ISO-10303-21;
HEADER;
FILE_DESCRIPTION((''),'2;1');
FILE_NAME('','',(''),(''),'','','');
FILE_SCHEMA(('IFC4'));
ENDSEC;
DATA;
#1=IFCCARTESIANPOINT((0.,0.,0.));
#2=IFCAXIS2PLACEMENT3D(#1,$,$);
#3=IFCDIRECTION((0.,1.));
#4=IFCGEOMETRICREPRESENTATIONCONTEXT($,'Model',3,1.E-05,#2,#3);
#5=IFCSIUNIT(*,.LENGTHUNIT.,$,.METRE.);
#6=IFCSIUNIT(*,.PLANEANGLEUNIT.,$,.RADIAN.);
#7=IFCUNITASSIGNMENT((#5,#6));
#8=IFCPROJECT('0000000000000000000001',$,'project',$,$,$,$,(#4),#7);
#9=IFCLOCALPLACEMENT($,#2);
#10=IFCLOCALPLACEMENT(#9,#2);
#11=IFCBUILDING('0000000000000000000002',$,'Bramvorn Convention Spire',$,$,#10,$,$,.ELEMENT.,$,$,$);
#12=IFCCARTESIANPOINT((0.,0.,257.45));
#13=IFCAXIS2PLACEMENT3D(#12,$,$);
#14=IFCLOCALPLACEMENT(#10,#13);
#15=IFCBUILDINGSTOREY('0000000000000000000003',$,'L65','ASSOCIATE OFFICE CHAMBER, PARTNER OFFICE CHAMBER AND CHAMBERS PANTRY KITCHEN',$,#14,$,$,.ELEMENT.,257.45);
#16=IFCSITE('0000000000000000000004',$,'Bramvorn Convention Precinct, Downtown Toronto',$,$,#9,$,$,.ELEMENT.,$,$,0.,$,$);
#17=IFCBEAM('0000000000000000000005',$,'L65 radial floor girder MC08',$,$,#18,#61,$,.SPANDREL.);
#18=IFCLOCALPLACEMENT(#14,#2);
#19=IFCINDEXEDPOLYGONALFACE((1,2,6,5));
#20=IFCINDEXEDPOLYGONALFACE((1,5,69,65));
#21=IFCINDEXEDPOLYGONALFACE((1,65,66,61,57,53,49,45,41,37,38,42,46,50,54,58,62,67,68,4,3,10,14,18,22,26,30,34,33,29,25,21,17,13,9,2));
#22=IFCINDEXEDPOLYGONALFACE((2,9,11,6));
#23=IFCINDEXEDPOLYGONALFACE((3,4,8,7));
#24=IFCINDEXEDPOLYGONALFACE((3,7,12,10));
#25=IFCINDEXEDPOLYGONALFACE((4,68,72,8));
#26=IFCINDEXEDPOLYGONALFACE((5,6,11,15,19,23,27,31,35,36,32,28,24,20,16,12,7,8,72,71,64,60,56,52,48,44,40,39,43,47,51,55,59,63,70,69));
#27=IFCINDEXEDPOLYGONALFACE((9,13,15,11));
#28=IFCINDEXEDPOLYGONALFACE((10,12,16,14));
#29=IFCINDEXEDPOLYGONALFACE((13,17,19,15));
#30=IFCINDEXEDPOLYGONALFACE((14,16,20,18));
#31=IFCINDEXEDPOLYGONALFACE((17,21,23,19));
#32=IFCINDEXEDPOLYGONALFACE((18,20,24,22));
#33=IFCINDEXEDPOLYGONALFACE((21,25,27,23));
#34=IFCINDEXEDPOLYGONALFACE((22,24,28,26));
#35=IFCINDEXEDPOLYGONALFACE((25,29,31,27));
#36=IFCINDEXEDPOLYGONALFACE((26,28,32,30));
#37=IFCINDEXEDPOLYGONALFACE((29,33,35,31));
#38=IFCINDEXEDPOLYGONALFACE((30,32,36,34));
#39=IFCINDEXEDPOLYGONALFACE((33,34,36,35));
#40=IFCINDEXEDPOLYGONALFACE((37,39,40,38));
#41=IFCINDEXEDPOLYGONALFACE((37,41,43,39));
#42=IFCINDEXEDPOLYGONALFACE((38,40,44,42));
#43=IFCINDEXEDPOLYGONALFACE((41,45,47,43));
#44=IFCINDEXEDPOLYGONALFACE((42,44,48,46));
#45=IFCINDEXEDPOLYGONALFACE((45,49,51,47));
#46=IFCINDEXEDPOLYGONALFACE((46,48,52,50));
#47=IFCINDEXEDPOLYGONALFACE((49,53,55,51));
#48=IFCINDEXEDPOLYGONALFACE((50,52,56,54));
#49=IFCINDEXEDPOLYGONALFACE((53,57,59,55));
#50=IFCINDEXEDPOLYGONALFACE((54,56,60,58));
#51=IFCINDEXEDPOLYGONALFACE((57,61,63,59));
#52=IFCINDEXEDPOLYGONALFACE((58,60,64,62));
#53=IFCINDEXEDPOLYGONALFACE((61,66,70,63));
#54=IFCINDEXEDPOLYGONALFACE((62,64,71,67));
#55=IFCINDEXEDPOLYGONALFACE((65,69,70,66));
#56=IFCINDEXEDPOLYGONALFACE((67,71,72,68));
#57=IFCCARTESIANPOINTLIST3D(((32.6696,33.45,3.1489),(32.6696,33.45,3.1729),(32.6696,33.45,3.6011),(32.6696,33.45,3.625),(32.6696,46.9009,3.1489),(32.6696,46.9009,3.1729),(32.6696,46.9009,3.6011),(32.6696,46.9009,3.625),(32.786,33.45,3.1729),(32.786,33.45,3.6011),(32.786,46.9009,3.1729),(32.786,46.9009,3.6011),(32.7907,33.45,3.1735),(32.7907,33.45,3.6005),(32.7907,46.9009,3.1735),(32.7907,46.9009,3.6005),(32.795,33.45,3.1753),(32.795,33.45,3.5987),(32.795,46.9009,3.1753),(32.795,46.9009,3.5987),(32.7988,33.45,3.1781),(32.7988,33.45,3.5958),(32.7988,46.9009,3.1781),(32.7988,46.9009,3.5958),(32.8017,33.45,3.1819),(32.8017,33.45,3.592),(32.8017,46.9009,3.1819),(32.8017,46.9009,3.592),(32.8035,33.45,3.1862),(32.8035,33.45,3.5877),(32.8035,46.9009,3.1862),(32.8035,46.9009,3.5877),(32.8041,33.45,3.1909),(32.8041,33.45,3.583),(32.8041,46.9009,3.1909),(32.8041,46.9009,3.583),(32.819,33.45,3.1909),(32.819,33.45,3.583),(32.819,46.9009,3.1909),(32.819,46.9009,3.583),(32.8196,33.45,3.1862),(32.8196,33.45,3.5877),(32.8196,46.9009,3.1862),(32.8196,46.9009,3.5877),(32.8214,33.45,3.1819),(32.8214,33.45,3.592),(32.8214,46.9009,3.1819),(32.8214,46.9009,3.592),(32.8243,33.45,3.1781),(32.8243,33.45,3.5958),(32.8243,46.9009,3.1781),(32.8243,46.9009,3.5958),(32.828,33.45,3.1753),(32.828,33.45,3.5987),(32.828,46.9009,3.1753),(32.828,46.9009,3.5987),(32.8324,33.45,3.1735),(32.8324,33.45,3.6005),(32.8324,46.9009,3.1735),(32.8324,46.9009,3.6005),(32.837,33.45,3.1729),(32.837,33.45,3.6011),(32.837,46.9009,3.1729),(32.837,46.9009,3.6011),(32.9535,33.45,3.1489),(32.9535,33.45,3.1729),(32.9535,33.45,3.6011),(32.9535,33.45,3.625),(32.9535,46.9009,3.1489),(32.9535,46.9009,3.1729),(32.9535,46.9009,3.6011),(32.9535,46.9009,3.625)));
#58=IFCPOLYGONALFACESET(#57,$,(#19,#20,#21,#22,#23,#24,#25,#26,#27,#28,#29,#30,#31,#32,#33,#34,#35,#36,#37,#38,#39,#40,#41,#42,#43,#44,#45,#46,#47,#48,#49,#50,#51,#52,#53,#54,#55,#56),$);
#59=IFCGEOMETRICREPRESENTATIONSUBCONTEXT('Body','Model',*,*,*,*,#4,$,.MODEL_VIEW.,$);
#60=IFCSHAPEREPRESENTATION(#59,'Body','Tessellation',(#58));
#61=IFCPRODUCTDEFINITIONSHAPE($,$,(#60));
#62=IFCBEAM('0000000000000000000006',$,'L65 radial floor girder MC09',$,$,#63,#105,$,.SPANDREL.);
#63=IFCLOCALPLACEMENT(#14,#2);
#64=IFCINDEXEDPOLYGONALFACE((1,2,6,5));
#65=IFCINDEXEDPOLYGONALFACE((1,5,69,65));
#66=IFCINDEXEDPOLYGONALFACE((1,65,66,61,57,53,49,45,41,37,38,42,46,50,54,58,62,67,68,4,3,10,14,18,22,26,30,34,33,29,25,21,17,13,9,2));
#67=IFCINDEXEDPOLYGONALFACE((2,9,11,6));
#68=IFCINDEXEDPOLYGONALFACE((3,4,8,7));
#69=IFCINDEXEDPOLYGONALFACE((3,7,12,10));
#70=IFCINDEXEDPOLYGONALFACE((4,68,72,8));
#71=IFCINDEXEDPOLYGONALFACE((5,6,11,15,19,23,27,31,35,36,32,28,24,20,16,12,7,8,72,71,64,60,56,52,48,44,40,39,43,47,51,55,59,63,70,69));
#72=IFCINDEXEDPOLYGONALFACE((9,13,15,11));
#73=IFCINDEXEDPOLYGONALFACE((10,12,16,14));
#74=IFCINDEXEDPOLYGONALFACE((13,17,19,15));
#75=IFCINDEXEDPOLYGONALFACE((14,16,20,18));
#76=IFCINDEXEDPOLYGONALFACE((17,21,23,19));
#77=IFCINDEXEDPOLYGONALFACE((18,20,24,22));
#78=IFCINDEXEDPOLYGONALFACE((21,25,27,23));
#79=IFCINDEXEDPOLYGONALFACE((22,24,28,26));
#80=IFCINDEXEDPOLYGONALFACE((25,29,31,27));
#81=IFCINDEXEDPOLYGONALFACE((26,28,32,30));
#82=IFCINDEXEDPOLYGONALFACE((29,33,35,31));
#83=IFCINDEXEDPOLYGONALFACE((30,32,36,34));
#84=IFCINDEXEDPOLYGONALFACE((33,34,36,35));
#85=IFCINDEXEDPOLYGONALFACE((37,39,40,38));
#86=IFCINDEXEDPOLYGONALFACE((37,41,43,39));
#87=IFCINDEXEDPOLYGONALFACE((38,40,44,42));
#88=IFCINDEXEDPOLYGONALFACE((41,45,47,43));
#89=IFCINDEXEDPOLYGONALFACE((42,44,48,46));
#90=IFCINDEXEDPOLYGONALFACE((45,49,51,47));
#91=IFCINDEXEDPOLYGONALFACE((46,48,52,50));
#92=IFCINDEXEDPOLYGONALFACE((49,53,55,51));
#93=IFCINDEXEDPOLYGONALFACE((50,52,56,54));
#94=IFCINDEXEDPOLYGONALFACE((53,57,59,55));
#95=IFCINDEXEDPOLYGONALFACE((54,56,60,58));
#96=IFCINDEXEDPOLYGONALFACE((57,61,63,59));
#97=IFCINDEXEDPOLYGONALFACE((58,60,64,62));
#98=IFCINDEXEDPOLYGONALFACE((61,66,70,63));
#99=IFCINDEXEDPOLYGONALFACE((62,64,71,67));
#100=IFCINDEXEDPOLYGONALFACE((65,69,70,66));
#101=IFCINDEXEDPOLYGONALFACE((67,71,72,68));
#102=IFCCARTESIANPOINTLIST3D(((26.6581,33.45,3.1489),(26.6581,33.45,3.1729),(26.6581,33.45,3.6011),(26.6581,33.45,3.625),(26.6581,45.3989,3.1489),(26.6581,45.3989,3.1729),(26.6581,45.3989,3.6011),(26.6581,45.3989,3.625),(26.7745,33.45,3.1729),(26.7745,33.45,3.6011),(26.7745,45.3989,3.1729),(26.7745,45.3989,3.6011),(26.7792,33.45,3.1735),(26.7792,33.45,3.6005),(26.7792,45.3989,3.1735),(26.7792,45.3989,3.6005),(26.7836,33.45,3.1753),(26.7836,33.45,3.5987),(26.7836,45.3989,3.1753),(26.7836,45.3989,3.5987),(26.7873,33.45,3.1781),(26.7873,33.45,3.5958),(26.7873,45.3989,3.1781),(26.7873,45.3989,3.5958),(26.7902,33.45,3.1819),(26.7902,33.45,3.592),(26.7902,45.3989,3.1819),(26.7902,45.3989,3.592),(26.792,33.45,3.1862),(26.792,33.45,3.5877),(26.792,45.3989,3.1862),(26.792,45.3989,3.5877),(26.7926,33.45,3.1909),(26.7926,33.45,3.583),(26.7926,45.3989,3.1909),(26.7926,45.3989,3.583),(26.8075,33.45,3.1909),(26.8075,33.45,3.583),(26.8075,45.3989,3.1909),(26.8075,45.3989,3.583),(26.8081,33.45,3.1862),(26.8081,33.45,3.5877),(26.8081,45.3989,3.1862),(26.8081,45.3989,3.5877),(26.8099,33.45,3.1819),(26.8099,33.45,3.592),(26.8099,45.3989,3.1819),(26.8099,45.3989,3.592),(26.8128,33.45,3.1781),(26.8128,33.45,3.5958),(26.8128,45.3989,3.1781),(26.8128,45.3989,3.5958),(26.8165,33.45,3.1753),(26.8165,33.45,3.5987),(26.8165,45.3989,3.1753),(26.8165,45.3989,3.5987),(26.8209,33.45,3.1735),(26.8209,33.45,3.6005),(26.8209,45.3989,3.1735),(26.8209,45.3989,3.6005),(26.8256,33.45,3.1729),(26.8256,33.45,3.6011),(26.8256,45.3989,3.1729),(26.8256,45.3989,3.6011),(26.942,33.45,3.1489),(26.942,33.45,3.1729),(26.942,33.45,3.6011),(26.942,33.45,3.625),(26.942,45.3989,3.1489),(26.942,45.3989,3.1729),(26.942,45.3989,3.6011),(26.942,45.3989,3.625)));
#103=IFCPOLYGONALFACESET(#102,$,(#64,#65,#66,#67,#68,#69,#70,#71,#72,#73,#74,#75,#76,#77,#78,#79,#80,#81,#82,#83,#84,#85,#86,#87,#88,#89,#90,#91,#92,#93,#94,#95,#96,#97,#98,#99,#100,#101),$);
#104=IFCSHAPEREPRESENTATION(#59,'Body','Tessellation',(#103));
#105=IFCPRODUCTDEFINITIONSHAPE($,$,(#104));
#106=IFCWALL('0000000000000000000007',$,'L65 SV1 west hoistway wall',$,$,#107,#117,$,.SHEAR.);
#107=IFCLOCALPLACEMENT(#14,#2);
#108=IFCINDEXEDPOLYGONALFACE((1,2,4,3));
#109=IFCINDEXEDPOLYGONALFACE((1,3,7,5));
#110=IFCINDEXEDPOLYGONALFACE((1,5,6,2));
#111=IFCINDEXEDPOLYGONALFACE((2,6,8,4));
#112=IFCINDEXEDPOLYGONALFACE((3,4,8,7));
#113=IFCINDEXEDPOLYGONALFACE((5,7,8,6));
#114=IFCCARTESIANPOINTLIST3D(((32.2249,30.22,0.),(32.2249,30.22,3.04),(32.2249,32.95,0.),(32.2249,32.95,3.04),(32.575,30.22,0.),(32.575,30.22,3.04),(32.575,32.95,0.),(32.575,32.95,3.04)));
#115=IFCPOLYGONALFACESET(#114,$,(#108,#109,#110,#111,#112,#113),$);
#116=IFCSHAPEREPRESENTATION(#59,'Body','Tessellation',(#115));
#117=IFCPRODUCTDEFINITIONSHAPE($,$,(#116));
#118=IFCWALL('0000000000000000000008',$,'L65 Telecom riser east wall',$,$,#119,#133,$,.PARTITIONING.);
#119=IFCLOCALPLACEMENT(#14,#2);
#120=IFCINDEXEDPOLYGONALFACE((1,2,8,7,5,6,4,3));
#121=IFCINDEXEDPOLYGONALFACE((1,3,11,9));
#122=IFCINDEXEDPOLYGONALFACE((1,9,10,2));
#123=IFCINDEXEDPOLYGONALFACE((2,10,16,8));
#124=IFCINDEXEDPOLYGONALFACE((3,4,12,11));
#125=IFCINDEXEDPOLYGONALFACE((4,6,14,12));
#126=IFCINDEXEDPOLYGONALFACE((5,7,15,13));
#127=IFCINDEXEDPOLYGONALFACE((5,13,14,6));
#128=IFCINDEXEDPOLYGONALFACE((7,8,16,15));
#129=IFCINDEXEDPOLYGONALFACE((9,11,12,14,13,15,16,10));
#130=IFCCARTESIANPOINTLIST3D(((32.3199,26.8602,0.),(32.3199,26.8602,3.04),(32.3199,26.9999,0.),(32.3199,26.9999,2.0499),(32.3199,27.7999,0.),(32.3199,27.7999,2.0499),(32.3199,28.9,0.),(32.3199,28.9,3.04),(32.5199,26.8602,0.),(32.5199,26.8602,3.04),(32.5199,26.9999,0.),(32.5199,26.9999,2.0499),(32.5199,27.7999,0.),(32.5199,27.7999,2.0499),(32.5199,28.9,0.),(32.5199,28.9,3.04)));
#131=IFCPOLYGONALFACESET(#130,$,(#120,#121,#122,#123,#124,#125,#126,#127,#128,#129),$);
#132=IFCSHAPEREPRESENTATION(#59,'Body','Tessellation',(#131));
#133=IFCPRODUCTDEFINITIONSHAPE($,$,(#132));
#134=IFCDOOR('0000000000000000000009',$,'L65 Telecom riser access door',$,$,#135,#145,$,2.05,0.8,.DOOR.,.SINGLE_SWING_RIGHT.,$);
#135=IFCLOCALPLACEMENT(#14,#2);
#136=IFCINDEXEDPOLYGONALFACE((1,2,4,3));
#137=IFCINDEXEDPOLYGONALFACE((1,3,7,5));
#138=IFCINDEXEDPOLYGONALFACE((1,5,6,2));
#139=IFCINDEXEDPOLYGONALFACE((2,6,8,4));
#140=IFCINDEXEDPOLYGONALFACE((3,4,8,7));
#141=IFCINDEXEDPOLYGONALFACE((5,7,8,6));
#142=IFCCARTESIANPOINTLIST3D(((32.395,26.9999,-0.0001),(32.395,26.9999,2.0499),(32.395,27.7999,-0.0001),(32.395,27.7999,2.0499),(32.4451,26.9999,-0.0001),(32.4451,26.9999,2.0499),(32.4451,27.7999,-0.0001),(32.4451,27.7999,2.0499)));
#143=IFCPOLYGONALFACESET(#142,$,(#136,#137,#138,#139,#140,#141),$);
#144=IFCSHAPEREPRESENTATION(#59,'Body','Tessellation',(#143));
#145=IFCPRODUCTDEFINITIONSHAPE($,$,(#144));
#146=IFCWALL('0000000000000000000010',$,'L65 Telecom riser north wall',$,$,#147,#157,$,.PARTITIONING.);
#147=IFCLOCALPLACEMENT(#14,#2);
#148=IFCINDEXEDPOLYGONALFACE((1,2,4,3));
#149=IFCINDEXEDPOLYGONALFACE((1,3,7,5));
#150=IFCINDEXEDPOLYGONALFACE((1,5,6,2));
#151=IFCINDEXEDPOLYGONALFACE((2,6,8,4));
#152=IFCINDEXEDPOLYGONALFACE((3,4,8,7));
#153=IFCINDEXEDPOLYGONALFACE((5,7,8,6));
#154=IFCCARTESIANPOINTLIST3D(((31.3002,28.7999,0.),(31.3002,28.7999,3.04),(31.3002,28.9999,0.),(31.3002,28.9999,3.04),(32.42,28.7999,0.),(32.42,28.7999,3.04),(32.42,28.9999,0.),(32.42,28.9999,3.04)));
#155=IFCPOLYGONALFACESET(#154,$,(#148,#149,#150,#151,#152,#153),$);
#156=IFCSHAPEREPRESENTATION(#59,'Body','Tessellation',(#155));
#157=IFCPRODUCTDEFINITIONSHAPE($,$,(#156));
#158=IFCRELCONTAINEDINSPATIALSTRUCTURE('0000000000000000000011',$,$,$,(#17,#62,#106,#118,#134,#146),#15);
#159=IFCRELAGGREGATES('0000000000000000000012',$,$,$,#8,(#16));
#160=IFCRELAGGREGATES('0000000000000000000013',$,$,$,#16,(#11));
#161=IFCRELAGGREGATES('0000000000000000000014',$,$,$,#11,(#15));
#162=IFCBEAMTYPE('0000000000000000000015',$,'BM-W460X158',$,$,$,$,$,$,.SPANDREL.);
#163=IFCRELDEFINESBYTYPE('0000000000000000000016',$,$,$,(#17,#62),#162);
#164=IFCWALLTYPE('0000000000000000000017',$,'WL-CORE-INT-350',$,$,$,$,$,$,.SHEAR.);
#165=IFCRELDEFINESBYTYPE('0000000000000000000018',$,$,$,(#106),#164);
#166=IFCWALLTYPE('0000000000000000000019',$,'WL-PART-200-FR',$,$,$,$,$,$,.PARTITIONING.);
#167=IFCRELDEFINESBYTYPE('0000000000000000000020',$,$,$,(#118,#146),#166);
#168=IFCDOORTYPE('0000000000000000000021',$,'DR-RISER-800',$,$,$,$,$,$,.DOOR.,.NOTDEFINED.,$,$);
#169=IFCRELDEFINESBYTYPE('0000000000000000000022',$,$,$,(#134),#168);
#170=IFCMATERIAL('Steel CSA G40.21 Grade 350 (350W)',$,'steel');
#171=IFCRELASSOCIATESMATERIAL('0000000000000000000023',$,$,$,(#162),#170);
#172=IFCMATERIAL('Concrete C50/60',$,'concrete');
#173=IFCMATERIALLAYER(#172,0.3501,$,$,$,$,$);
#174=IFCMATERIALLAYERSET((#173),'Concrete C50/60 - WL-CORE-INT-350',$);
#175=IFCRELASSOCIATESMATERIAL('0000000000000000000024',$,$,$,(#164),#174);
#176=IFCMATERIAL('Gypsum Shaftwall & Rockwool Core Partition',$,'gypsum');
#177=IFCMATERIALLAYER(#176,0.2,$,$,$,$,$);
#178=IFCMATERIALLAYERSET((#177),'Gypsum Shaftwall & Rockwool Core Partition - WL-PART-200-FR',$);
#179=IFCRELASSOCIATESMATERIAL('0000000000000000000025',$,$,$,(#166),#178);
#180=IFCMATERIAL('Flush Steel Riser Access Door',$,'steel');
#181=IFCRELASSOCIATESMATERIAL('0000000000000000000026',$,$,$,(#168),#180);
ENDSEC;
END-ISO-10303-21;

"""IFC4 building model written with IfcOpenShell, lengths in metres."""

from ifc_helpers import new_model, si_unit, direction, frame, frame_2d, origin, origin_2d, place, context, subcontext, project, spatial, rectangle, i_section, extrude, material, layer, layer_set, material_profile, profile_set, type_object, element, fill, save


model = new_model("IFC4")

# Units and contexts
model_context = context("Model", 3, precision=1e-05, world=origin(), true_north=direction((0.0, 1.0)))
body_context = subcontext(model_context, "Body", "Model", "MODEL_VIEW")
ifc_project = project(units=[si_unit("LENGTHUNIT", "METRE"), si_unit("PLANEANGLEUNIT", "RADIAN")], contexts=[model_context])

# Site, building, storey
site_placement = place(None, origin())
site = spatial("IfcSite", under=ifc_project, at=site_placement, Name="Bramvorn Convention Precinct, Downtown Toronto", CompositionType="ELEMENT", RefElevation=0.0)
building_placement = place(site_placement, origin())
building = spatial("IfcBuilding", under=site, at=building_placement, Name="Bramvorn Convention Spire", CompositionType="ELEMENT")
storey_placement = place(building_placement, frame((0.0, 0.0, 257.45)))
storey = spatial("IfcBuildingStorey", under=building, at=storey_placement, Name="L65", Description="ASSOCIATE OFFICE CHAMBER, PARTNER OFFICE CHAMBER AND CHAMBERS PANTRY KITCHEN", CompositionType="ELEMENT", Elevation=257.45)

# Beams
ifc_material_1 = material(Name="Steel CSA G40.21 Grade 350 (350W)", Category="steel")
ifc_material_profile = material_profile(ifc_material_1, i_section(OverallWidth=0.2839, OverallDepth=0.4761, WebThickness=0.0149, FlangeThickness=0.0239, FilletRadius=0.0181, at=origin_2d()))
ifc_profile_set = profile_set([ifc_material_profile], Name="Steel CSA G40.21 Grade 350 (350W) - W460X158")
beam_type = type_object("IfcBeamType", Name="BM-W460X158", PredefinedType="SPANDREL", material=ifc_profile_set)
beam_1_placement = place(storey_placement, frame((32.8115, 33.45, 3.387), z_axis=(0.0, 1.0, 0.0), x_axis=(-1.0, 0.0, 0.0)))
element("IfcBeam", 1, at=beam_1_placement, inside=storey, type_object=beam_type, Name="L65 radial floor girder MC08", PredefinedType="SPANDREL", context=body_context, shape_type="SweptSolid", body=[
    extrude(i_section(OverallWidth=0.2839, OverallDepth=0.4761, WebThickness=0.0149, FlangeThickness=0.0239, FilletRadius=0.0181, at=origin_2d()), origin(), (0.0, 0.0, 1.0), 13.4509),
])
beam_2_placement = place(storey_placement, frame((26.8, 33.45, 3.387), z_axis=(0.0, 1.0, 0.0), x_axis=(-1.0, 0.0, 0.0)))
element("IfcBeam", 2, at=beam_2_placement, inside=storey, type_object=beam_type, Name="L65 radial floor girder MC09", PredefinedType="SPANDREL", context=body_context, shape_type="SweptSolid", body=[
    extrude(i_section(OverallWidth=0.2839, OverallDepth=0.4761, WebThickness=0.0149, FlangeThickness=0.0239, FilletRadius=0.0181, at=origin_2d()), origin(), (0.0, 0.0, 1.0), 11.949),
])

# Shared definitions
ifc_material_2 = material(Name="Concrete C50/60", Category="concrete")
ifc_layer_1 = layer(ifc_material_2, 0.3501)
ifc_layer_set_1 = layer_set([ifc_layer_1], Name="Concrete C50/60 - WL-CORE-INT-350")
wall_type_1 = type_object("IfcWallType", Name="WL-CORE-INT-350", PredefinedType="SHEAR", material=ifc_layer_set_1)

# Wall
wall_1_placement = place(storey_placement, frame((32.3999, 30.22, 0.0), z_axis=(0.0, 0.0, 1.0), x_axis=(0.0, 1.0, 0.0)))
element("IfcWall", 3, at=wall_1_placement, inside=storey, type_object=wall_type_1, Name="L65 SV1 west hoistway wall", PredefinedType="SHEAR", context=body_context, shape_type="SweptSolid", body=[
    extrude(rectangle(XDim=2.73, YDim=0.3501, at=frame_2d((1.365, 0.0))), origin(), (0.0, 0.0, 1.0), 3.04),
])

# Wall, opening, door
ifc_material_3 = material(Name="Gypsum Shaftwall & Rockwool Core Partition", Category="gypsum")
ifc_layer_2 = layer(ifc_material_3, 0.2)
ifc_layer_set_2 = layer_set([ifc_layer_2], Name="Gypsum Shaftwall & Rockwool Core Partition - WL-PART-200-FR")
wall_type_2 = type_object("IfcWallType", Name="WL-PART-200-FR", PredefinedType="PARTITIONING", material=ifc_layer_set_2)
wall_2_placement = place(storey_placement, frame((32.4199, 26.8601, 0.0), z_axis=(0.0, 0.0, 1.0), x_axis=(0.0, 1.0, 0.0)))
wall_2 = element("IfcWall", 4, at=wall_2_placement, inside=storey, type_object=wall_type_2, Name="L65 Telecom riser east wall", PredefinedType="PARTITIONING", context=body_context, shape_type="SweptSolid", body=[
    extrude(rectangle(XDim=2.0398, YDim=0.2, at=frame_2d((1.02, 0.0))), origin(), (0.0, 0.0, 1.0), 3.04),
])
opening_1_placement = place(wall_2_placement, frame((0.1399, 0.0, 0.0)))
opening_1 = element("IfcOpeningElement", 5, at=opening_1_placement, cuts=wall_2, PredefinedType="OPENING", context=body_context, shape_type="SweptSolid", body=[
    extrude(rectangle(XDim=0.8, YDim=2.05, at=frame_2d((0.3999, 1.0249))), frame((0.0, 0.1099, 0.0), z_axis=(0.0, -1.0, 0.0), x_axis=(1.0, 0.0, 0.0)), (0.0, 0.0, 1.0), 0.22),
])
ifc_material_4 = material(Name="Flush Steel Riser Access Door", Category="steel")
door_type_1 = type_object("IfcDoorType", Name="DR-RISER-800", OperationType="NOTDEFINED", PredefinedType="DOOR", material=ifc_material_4)
door_1_placement = place(opening_1_placement, origin())
door_1 = element("IfcDoor", 6, at=door_1_placement, inside=storey, type_object=door_type_1, Name="L65 Telecom riser access door", OperationType="SINGLE_SWING_RIGHT", OverallHeight=2.05, OverallWidth=0.8, PredefinedType="DOOR", context=body_context, shape_type="SweptSolid", body=[
    extrude(rectangle(XDim=0.8, YDim=2.05, at=frame_2d((0.3999, 1.0249))), frame((0.0, 0.0249, 0.0), z_axis=(0.0, -1.0, 0.0), x_axis=(1.0, 0.0, 0.0)), (0.0, 0.0, 1.0), 0.05),
])
fill(opening_1, door_1)

# Wall
wall_3_placement = place(storey_placement, frame((31.3, 28.8999, 0.0), z_axis=(0.0, 0.0, 1.0), x_axis=(1.0, 0.0, 0.0)))
element("IfcWall", 7, at=wall_3_placement, inside=storey, type_object=wall_type_2, Name="L65 Telecom riser north wall", PredefinedType="PARTITIONING", context=body_context, shape_type="SweptSolid", body=[
    extrude(rectangle(XDim=1.1199, YDim=0.2, at=frame_2d((0.5601, 0.0))), origin(), (0.0, 0.0, 1.0), 3.04),
])

save(model, "model.ifc")
